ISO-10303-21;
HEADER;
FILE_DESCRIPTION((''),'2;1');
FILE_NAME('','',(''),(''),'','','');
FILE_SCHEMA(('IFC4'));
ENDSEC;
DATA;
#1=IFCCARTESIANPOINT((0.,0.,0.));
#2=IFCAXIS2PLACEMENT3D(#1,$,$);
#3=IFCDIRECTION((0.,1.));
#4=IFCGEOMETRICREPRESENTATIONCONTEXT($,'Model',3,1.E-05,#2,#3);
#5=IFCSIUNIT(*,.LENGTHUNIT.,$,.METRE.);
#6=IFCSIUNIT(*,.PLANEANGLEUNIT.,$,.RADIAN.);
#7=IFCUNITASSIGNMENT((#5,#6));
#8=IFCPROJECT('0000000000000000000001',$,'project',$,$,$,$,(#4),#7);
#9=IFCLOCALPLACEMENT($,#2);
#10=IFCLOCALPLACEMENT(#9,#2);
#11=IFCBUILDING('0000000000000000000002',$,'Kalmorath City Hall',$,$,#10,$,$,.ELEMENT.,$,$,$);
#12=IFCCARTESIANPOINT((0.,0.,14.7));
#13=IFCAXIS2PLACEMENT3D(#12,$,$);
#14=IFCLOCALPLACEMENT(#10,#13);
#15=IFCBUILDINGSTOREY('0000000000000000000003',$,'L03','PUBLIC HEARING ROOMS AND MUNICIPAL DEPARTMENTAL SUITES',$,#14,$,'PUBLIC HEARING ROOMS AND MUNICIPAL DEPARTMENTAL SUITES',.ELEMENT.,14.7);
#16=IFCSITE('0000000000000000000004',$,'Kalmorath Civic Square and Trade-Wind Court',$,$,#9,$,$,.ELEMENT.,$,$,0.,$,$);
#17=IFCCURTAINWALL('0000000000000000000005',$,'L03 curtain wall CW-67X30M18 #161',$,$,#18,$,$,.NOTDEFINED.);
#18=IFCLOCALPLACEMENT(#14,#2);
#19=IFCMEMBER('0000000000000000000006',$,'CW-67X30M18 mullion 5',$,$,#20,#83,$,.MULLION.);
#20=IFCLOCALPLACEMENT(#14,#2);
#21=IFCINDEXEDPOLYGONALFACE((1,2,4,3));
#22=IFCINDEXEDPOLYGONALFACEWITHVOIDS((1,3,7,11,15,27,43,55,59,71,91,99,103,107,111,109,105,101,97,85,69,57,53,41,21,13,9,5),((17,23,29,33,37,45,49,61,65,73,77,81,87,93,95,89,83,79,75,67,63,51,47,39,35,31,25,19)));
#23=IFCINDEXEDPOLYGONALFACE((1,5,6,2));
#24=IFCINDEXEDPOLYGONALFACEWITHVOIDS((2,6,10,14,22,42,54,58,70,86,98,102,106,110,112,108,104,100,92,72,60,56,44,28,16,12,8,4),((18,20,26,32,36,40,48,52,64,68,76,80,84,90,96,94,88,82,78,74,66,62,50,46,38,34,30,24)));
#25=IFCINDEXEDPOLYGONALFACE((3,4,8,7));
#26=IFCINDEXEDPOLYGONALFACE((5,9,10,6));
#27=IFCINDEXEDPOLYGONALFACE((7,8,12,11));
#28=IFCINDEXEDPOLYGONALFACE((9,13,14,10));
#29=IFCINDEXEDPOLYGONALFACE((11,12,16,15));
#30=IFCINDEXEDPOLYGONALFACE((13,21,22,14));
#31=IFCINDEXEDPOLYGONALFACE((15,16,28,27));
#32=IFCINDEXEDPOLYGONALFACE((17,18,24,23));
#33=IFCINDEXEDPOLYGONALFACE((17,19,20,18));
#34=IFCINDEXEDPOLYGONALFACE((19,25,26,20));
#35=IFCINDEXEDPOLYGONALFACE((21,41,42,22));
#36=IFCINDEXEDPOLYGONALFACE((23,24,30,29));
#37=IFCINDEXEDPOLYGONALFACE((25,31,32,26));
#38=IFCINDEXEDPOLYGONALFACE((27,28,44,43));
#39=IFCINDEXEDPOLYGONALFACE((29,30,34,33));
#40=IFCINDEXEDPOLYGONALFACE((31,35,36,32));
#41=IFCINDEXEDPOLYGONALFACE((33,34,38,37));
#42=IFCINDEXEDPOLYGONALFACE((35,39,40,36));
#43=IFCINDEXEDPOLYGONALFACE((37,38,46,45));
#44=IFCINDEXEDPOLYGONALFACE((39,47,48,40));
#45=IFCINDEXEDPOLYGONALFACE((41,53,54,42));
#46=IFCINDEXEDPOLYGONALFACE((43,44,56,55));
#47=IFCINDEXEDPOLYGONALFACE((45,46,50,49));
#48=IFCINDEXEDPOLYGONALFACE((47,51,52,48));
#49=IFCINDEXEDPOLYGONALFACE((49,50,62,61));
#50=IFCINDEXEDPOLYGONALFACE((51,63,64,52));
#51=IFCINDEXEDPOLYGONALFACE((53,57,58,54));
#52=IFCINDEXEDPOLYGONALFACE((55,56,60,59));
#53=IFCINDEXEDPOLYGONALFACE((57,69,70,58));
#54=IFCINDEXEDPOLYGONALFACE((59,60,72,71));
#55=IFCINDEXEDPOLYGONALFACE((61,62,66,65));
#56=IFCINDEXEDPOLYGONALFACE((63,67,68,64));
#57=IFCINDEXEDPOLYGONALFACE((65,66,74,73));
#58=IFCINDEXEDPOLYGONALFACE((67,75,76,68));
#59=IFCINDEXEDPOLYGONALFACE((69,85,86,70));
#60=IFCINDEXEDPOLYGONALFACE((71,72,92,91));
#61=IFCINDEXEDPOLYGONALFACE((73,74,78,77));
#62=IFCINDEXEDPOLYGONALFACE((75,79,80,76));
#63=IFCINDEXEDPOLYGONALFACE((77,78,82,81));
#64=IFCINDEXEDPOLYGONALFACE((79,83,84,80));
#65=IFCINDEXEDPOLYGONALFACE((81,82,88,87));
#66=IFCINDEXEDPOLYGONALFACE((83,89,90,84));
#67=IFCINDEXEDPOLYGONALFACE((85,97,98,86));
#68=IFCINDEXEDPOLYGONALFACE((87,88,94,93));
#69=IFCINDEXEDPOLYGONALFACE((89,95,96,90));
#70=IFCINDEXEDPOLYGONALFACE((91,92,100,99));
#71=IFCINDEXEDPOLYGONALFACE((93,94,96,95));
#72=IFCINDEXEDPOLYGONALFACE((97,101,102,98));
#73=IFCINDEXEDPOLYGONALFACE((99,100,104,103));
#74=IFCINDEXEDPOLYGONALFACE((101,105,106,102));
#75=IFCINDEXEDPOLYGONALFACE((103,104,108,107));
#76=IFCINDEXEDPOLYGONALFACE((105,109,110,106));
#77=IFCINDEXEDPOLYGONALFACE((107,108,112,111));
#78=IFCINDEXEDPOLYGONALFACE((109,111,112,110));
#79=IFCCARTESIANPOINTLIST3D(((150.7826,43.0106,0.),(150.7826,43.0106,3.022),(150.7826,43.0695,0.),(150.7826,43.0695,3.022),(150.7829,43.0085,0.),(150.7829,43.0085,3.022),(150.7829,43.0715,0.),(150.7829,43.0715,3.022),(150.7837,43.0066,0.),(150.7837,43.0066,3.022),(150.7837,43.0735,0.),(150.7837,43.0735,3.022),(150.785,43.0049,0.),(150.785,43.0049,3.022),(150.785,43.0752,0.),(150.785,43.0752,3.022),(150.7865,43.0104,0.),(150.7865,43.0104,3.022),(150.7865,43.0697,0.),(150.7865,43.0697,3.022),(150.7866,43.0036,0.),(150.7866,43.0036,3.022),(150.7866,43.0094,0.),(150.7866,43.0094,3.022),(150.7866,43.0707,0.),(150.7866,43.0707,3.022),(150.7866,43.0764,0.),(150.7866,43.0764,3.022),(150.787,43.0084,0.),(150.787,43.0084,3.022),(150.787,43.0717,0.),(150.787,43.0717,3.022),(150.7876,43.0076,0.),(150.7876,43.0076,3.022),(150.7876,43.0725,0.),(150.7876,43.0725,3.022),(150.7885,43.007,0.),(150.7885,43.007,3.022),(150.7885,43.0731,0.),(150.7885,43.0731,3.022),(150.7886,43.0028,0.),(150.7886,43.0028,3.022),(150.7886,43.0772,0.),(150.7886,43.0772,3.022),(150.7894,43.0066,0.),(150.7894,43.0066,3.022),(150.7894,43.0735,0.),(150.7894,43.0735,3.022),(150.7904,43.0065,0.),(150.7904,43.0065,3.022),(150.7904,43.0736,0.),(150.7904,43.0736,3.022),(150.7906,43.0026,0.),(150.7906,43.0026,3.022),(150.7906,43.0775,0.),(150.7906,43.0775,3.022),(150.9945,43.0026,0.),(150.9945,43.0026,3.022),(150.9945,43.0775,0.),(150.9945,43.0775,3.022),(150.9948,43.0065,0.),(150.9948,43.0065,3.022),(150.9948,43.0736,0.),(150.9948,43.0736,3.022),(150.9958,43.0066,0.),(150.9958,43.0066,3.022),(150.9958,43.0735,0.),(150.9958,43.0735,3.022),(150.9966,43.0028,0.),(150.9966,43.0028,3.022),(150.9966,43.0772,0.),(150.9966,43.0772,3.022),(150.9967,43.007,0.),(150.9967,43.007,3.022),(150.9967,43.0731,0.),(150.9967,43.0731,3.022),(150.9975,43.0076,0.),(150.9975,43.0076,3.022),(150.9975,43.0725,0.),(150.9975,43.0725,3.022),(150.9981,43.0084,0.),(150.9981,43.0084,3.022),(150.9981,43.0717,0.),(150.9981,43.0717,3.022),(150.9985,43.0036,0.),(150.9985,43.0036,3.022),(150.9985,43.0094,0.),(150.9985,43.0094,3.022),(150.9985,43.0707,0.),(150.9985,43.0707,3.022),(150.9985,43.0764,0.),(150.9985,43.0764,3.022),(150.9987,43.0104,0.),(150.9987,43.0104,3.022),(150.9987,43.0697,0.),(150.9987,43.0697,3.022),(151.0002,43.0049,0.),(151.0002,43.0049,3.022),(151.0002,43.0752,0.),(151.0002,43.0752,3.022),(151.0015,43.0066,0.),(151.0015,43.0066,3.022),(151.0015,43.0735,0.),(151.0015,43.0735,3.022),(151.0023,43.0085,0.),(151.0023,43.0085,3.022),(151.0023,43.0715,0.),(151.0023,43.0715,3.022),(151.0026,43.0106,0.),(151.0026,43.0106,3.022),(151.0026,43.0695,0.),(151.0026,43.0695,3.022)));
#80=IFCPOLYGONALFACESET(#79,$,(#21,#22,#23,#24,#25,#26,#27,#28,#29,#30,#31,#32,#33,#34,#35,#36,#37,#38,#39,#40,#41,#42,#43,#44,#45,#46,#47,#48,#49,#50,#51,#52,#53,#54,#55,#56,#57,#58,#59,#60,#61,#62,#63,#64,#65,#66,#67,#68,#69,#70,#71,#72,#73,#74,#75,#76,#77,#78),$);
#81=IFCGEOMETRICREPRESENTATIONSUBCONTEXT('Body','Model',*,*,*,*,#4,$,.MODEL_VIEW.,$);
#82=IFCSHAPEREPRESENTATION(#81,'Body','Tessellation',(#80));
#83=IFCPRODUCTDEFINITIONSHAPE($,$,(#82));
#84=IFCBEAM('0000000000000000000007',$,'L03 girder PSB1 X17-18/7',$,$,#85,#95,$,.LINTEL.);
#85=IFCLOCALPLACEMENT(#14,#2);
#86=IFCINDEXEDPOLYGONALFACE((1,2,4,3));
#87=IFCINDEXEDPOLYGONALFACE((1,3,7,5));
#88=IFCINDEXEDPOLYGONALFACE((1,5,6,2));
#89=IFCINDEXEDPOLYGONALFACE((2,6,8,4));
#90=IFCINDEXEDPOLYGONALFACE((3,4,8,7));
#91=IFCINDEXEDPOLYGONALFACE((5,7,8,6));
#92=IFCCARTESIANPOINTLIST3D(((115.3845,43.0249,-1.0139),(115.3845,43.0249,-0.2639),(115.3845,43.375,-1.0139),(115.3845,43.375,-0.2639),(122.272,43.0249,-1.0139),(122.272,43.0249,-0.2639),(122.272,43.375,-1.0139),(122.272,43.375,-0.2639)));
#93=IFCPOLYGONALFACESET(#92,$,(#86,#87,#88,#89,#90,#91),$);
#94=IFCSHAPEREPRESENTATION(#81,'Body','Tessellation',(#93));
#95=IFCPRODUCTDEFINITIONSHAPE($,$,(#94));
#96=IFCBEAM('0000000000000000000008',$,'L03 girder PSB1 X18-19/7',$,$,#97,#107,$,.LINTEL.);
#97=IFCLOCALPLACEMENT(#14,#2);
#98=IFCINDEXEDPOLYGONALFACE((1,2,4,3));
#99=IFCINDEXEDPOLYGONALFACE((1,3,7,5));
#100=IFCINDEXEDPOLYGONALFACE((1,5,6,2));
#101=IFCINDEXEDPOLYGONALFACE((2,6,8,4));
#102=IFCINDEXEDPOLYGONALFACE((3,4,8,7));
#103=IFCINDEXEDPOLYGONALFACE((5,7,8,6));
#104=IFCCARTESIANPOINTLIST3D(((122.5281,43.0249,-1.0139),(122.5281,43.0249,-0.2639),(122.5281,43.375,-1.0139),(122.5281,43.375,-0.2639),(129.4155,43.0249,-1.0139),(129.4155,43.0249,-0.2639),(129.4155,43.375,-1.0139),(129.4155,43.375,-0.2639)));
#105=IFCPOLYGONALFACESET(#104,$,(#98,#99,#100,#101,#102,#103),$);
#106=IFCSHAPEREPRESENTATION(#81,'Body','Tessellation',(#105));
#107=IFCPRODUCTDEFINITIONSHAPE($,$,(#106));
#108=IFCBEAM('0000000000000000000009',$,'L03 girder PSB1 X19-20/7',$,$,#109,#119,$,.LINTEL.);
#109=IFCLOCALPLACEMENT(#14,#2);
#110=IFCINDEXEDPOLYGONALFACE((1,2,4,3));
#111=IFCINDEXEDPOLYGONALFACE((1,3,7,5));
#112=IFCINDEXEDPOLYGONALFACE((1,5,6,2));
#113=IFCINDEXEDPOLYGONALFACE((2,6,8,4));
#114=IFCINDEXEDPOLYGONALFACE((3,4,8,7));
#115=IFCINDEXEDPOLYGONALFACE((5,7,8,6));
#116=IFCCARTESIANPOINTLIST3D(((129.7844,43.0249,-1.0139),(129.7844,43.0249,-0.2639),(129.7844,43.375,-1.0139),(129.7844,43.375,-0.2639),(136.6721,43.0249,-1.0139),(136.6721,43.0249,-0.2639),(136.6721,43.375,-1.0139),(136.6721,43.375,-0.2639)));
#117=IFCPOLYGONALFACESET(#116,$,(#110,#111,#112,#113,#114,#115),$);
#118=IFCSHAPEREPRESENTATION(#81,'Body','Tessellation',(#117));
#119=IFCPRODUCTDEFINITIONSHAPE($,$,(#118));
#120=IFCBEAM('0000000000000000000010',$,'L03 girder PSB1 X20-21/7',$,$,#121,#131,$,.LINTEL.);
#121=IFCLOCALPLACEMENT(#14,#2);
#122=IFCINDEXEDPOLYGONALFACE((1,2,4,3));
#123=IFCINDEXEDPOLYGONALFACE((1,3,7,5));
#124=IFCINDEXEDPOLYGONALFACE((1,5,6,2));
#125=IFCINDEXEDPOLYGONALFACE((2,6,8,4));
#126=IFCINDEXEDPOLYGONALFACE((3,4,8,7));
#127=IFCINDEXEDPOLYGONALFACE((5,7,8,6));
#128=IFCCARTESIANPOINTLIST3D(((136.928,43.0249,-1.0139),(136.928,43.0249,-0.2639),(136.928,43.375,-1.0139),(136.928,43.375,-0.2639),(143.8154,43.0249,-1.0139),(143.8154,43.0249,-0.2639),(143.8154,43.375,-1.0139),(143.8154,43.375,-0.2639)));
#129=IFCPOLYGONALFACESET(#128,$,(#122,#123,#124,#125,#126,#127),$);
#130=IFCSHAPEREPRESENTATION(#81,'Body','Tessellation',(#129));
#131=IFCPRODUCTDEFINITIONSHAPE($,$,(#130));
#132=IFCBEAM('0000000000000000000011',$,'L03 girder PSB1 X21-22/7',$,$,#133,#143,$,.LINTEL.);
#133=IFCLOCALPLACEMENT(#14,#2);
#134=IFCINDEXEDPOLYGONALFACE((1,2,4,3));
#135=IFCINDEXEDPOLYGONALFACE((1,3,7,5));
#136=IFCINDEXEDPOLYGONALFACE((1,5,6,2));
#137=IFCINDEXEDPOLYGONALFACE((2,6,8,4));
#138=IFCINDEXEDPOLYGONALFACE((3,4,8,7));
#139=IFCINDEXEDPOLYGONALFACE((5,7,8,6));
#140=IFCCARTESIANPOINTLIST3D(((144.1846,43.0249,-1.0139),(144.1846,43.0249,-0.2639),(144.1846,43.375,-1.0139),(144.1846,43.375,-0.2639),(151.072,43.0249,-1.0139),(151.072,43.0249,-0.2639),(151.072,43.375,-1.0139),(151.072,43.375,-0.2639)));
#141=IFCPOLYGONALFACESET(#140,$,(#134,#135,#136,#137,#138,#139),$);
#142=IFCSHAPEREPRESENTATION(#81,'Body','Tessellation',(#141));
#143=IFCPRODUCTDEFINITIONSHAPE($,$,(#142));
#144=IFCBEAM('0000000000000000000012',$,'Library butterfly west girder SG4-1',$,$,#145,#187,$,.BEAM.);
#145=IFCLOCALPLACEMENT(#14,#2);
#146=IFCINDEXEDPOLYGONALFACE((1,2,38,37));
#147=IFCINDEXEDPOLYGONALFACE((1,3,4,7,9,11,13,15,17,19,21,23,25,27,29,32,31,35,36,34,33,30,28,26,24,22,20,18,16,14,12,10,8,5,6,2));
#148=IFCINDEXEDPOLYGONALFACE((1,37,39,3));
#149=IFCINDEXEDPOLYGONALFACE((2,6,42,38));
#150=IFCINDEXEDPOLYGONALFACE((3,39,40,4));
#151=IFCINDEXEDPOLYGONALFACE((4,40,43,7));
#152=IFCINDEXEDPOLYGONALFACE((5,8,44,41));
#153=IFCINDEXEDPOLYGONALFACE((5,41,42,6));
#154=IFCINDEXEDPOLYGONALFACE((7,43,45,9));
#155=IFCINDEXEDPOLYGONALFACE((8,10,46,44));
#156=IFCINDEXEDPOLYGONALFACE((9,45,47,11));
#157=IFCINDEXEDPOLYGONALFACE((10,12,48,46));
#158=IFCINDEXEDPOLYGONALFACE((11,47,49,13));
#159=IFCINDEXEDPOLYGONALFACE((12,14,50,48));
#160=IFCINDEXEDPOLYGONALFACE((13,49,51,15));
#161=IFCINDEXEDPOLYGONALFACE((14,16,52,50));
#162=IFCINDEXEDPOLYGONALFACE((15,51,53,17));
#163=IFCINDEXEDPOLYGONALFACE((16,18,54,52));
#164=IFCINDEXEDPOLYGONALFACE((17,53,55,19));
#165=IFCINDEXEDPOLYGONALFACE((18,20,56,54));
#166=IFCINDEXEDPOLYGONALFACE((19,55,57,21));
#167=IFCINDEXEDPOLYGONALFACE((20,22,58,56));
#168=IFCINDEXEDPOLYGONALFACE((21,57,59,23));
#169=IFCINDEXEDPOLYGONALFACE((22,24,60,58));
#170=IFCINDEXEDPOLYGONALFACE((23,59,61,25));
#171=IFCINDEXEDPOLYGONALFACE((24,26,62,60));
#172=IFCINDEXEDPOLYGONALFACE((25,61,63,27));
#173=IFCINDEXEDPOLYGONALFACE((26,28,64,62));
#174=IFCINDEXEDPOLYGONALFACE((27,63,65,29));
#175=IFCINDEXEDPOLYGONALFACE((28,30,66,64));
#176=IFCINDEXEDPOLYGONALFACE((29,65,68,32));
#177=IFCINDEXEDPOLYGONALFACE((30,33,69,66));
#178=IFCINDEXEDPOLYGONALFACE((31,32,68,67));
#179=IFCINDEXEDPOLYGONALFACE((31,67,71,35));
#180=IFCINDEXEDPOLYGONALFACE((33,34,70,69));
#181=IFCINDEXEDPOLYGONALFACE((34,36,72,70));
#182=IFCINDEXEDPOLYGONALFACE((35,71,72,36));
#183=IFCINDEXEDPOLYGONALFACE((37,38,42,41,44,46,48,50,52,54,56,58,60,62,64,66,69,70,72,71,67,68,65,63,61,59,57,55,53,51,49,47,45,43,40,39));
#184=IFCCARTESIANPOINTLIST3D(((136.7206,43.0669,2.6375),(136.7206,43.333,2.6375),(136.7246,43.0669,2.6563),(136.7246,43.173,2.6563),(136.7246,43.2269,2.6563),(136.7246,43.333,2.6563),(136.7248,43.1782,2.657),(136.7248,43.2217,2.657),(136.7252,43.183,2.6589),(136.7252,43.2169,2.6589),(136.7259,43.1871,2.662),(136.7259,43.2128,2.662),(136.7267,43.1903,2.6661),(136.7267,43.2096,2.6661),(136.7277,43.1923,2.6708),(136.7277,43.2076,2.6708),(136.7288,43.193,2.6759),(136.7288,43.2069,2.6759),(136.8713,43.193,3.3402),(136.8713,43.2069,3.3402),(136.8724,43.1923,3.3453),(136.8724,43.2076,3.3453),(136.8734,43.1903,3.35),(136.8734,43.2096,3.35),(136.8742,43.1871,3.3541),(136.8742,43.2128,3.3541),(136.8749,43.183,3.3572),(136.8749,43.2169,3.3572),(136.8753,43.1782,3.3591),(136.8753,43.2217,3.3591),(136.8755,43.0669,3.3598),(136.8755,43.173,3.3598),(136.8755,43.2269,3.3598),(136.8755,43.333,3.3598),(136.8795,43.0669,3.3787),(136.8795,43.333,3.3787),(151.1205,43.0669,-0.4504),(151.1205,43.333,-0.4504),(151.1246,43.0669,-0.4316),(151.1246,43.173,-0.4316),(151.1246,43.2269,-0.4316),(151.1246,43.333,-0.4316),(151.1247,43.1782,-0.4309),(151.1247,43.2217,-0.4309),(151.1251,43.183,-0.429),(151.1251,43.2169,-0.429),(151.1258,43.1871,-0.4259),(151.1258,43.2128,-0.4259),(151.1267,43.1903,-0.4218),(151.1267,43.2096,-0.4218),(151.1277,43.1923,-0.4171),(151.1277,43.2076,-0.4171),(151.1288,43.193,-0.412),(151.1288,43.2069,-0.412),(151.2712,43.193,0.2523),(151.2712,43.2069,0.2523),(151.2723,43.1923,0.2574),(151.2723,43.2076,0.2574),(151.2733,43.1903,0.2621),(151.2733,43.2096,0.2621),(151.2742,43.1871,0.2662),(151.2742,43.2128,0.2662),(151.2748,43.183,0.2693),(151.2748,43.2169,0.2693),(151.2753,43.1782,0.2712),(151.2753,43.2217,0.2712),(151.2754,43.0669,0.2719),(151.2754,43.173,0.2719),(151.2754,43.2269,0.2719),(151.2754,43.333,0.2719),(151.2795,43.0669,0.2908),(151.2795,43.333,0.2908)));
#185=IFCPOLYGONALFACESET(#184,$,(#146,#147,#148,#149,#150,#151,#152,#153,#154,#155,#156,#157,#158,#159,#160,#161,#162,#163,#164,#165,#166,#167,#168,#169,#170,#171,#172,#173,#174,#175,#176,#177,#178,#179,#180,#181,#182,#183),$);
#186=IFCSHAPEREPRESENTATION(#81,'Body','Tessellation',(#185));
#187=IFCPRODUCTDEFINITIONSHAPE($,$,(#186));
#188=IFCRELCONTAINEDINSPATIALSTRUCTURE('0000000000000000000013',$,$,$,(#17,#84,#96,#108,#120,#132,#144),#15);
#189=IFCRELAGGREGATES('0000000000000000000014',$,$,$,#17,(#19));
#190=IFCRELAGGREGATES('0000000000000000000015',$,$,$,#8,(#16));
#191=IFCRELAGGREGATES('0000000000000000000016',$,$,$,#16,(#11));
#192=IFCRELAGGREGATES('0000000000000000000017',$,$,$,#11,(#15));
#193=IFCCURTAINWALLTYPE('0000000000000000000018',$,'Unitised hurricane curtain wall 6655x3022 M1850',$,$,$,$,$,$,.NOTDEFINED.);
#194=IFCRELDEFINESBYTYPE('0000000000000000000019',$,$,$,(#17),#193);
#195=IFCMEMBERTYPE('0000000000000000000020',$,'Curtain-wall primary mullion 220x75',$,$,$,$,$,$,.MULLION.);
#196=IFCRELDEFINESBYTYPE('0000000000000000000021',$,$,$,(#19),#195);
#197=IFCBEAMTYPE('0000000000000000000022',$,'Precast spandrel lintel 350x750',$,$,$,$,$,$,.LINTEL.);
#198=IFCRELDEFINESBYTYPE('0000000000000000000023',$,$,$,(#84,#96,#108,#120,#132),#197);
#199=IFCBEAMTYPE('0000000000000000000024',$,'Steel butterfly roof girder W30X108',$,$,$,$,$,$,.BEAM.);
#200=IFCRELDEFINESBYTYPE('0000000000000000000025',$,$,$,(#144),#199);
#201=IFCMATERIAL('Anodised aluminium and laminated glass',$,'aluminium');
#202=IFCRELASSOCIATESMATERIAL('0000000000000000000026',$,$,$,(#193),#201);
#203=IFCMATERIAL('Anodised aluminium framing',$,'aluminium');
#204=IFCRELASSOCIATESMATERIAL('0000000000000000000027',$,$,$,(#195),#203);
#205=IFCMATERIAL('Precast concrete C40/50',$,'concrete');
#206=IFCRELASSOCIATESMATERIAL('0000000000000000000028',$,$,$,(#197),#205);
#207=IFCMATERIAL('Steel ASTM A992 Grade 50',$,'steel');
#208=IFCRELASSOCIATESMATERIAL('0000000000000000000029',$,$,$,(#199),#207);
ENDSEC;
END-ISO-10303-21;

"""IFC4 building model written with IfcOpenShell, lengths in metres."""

from ifc_helpers import new_model, si_unit, direction, frame, origin, origin_2d, place, context, subcontext, project, spatial, rectangle, hollow_rectangle, i_section, extrude, material, material_profile, profile_set, type_object, element, aggregate, save


model = new_model("IFC4")

# Units and contexts
model_context = context("Model", 3, precision=1e-05, world=origin(), true_north=direction((0.0, 1.0)))
body_context = subcontext(model_context, "Body", "Model", "MODEL_VIEW")
ifc_project = project(units=[si_unit("LENGTHUNIT", "METRE"), si_unit("PLANEANGLEUNIT", "RADIAN")], contexts=[model_context])

# Site, building, storey
site_placement = place(None, origin())
site = spatial("IfcSite", under=ifc_project, at=site_placement, Name="Kalmorath Civic Square and Trade-Wind Court", CompositionType="ELEMENT", RefElevation=0.0)
building_placement = place(site_placement, origin())
building = spatial("IfcBuilding", under=site, at=building_placement, Name="Kalmorath City Hall", CompositionType="ELEMENT")
storey_placement = place(building_placement, frame((0.0, 0.0, 14.7)))
storey = spatial("IfcBuildingStorey", under=building, at=storey_placement, Name="L03", Description="PUBLIC HEARING ROOMS AND MUNICIPAL DEPARTMENTAL SUITES", LongName="PUBLIC HEARING ROOMS AND MUNICIPAL DEPARTMENTAL SUITES", CompositionType="ELEMENT", Elevation=14.7)

# Curtain wall, member
ifc_material_1 = material(Name="Anodised aluminium and laminated glass", Category="aluminium")
curtain_wall_type = type_object("IfcCurtainWallType", Name="Unitised hurricane curtain wall 6655x3022 M1850", PredefinedType="NOTDEFINED", material=ifc_material_1)
curtain_wall_placement = place(storey_placement, origin())
curtain_wall = element("IfcCurtainWall", 1, at=curtain_wall_placement, inside=storey, type_object=curtain_wall_type, Name="L03 curtain wall CW-67X30M18 #161", PredefinedType="NOTDEFINED")
ifc_material_2 = material(Name="Anodised aluminium framing", Category="aluminium")
ifc_material_profile_1 = material_profile(ifc_material_2, hollow_rectangle(XDim=0.075, YDim=0.22, WallThickness=0.0039, InnerFilletRadius=0.0039, OuterFilletRadius=0.0081, at=origin_2d()), Name="ALU-MUL-220X75X4")
ifc_profile_set_1 = profile_set([ifc_material_profile_1], Name="Anodised aluminium framing")
member_type = type_object("IfcMemberType", Name="Curtain-wall primary mullion 220x75", PredefinedType="MULLION", material=ifc_profile_set_1)
member_placement = place(storey_placement, frame((150.8926, 43.04, 0.0), z_axis=(0.0, 0.0, 1.0), x_axis=(0.0, 1.0, 0.0)))
member = element("IfcMember", 2, at=member_placement, type_object=member_type, Name="CW-67X30M18 mullion 5", PredefinedType="MULLION", context=body_context, shape_type="SweptSolid", body=[
    extrude(hollow_rectangle(XDim=0.075, YDim=0.22, WallThickness=0.0039, InnerFilletRadius=0.0039, OuterFilletRadius=0.0081, at=origin_2d()), origin(), (0.0, 0.0, 1.0), 3.022),
])
aggregate(curtain_wall, [member])

# Beams
ifc_material_3 = material(Name="Precast concrete C40/50", Category="concrete")
ifc_material_profile_2 = material_profile(ifc_material_3, rectangle(XDim=0.3501, YDim=0.75, at=origin_2d()), Name="PC-SP-350X750")
ifc_profile_set_2 = profile_set([ifc_material_profile_2], Name="Precast concrete C40/50")
beam_type_1 = type_object("IfcBeamType", Name="Precast spandrel lintel 350x750", PredefinedType="LINTEL", material=ifc_profile_set_2)
for number, where, z_axis, x_axis, name in (
    (3, (115.3845, 43.2, -0.6389), (1.0, 0.0, 0.0), (0.0, 1.0, 0.0), "L03 girder PSB1 X17-18/7"),
    (4, (122.5281, 43.2, -0.6389), (1.0, 0.0, 0.0), (0.0, 1.0, 0.0), "L03 girder PSB1 X18-19/7"),
):
    element("IfcBeam", number, at=place(storey_placement, frame(where, z_axis=z_axis, x_axis=x_axis)), inside=storey, type_object=beam_type_1, Name=name, PredefinedType="LINTEL", context=body_context, shape_type="SweptSolid", body=[
        extrude(rectangle(XDim=0.3501, YDim=0.75, at=origin_2d()), origin(), (0.0, 0.0, 1.0), 6.8875),
    ])
beam_1_placement = place(storey_placement, frame((129.7844, 43.2, -0.6389), z_axis=(1.0, 0.0, 0.0), x_axis=(0.0, 1.0, 0.0)))
element("IfcBeam", 5, at=beam_1_placement, inside=storey, type_object=beam_type_1, Name="L03 girder PSB1 X19-20/7", PredefinedType="LINTEL", context=body_context, shape_type="SweptSolid", body=[
    extrude(rectangle(XDim=0.3501, YDim=0.75, at=origin_2d()), origin(), (0.0, 0.0, 1.0), 6.8877),
])
for number, where, z_axis, x_axis, name in (
    (6, (136.928, 43.2, -0.6389), (1.0, 0.0, 0.0), (0.0, 1.0, 0.0), "L03 girder PSB1 X20-21/7"),
    (7, (144.1846, 43.2, -0.6389), (1.0, 0.0, 0.0), (0.0, 1.0, 0.0), "L03 girder PSB1 X21-22/7"),
):
    element("IfcBeam", number, at=place(storey_placement, frame(where, z_axis=z_axis, x_axis=x_axis)), inside=storey, type_object=beam_type_1, Name=name, PredefinedType="LINTEL", context=body_context, shape_type="SweptSolid", body=[
        extrude(rectangle(XDim=0.3501, YDim=0.75, at=origin_2d()), origin(), (0.0, 0.0, 1.0), 6.8875),
    ])
ifc_material_4 = material(Name="Steel ASTM A992 Grade 50", Category="steel")
ifc_material_profile_3 = material_profile(ifc_material_4, i_section(OverallWidth=0.2661, OverallDepth=0.7581, WebThickness=0.0139, FlangeThickness=0.0193, FilletRadius=0.02, at=origin_2d()), Name="W30X108")
ifc_profile_set_3 = profile_set([ifc_material_profile_3], Name="Steel ASTM A992 Grade 50")
beam_type_2 = type_object("IfcBeamType", Name="Steel butterfly roof girder W30X108", PredefinedType="BEAM", material=ifc_profile_set_3)
beam_2_placement = place(storey_placement, frame((136.8, 43.2, 3.0081), z_axis=(0.977772, 0.0, -0.209672), x_axis=(0.0, 1.0, 0.0)))
element("IfcBeam", 8, at=beam_2_placement, inside=storey, type_object=beam_type_2, Name="Library butterfly west girder SG4-1", PredefinedType="BEAM", context=body_context, shape_type="SweptSolid", body=[
    extrude(i_section(OverallWidth=0.2661, OverallDepth=0.7581, WebThickness=0.0139, FlangeThickness=0.0193, FilletRadius=0.02, at=origin_2d()), origin(), (0.0, 0.0, 1.0), 14.7273),
])

save(model, "model.ifc")
